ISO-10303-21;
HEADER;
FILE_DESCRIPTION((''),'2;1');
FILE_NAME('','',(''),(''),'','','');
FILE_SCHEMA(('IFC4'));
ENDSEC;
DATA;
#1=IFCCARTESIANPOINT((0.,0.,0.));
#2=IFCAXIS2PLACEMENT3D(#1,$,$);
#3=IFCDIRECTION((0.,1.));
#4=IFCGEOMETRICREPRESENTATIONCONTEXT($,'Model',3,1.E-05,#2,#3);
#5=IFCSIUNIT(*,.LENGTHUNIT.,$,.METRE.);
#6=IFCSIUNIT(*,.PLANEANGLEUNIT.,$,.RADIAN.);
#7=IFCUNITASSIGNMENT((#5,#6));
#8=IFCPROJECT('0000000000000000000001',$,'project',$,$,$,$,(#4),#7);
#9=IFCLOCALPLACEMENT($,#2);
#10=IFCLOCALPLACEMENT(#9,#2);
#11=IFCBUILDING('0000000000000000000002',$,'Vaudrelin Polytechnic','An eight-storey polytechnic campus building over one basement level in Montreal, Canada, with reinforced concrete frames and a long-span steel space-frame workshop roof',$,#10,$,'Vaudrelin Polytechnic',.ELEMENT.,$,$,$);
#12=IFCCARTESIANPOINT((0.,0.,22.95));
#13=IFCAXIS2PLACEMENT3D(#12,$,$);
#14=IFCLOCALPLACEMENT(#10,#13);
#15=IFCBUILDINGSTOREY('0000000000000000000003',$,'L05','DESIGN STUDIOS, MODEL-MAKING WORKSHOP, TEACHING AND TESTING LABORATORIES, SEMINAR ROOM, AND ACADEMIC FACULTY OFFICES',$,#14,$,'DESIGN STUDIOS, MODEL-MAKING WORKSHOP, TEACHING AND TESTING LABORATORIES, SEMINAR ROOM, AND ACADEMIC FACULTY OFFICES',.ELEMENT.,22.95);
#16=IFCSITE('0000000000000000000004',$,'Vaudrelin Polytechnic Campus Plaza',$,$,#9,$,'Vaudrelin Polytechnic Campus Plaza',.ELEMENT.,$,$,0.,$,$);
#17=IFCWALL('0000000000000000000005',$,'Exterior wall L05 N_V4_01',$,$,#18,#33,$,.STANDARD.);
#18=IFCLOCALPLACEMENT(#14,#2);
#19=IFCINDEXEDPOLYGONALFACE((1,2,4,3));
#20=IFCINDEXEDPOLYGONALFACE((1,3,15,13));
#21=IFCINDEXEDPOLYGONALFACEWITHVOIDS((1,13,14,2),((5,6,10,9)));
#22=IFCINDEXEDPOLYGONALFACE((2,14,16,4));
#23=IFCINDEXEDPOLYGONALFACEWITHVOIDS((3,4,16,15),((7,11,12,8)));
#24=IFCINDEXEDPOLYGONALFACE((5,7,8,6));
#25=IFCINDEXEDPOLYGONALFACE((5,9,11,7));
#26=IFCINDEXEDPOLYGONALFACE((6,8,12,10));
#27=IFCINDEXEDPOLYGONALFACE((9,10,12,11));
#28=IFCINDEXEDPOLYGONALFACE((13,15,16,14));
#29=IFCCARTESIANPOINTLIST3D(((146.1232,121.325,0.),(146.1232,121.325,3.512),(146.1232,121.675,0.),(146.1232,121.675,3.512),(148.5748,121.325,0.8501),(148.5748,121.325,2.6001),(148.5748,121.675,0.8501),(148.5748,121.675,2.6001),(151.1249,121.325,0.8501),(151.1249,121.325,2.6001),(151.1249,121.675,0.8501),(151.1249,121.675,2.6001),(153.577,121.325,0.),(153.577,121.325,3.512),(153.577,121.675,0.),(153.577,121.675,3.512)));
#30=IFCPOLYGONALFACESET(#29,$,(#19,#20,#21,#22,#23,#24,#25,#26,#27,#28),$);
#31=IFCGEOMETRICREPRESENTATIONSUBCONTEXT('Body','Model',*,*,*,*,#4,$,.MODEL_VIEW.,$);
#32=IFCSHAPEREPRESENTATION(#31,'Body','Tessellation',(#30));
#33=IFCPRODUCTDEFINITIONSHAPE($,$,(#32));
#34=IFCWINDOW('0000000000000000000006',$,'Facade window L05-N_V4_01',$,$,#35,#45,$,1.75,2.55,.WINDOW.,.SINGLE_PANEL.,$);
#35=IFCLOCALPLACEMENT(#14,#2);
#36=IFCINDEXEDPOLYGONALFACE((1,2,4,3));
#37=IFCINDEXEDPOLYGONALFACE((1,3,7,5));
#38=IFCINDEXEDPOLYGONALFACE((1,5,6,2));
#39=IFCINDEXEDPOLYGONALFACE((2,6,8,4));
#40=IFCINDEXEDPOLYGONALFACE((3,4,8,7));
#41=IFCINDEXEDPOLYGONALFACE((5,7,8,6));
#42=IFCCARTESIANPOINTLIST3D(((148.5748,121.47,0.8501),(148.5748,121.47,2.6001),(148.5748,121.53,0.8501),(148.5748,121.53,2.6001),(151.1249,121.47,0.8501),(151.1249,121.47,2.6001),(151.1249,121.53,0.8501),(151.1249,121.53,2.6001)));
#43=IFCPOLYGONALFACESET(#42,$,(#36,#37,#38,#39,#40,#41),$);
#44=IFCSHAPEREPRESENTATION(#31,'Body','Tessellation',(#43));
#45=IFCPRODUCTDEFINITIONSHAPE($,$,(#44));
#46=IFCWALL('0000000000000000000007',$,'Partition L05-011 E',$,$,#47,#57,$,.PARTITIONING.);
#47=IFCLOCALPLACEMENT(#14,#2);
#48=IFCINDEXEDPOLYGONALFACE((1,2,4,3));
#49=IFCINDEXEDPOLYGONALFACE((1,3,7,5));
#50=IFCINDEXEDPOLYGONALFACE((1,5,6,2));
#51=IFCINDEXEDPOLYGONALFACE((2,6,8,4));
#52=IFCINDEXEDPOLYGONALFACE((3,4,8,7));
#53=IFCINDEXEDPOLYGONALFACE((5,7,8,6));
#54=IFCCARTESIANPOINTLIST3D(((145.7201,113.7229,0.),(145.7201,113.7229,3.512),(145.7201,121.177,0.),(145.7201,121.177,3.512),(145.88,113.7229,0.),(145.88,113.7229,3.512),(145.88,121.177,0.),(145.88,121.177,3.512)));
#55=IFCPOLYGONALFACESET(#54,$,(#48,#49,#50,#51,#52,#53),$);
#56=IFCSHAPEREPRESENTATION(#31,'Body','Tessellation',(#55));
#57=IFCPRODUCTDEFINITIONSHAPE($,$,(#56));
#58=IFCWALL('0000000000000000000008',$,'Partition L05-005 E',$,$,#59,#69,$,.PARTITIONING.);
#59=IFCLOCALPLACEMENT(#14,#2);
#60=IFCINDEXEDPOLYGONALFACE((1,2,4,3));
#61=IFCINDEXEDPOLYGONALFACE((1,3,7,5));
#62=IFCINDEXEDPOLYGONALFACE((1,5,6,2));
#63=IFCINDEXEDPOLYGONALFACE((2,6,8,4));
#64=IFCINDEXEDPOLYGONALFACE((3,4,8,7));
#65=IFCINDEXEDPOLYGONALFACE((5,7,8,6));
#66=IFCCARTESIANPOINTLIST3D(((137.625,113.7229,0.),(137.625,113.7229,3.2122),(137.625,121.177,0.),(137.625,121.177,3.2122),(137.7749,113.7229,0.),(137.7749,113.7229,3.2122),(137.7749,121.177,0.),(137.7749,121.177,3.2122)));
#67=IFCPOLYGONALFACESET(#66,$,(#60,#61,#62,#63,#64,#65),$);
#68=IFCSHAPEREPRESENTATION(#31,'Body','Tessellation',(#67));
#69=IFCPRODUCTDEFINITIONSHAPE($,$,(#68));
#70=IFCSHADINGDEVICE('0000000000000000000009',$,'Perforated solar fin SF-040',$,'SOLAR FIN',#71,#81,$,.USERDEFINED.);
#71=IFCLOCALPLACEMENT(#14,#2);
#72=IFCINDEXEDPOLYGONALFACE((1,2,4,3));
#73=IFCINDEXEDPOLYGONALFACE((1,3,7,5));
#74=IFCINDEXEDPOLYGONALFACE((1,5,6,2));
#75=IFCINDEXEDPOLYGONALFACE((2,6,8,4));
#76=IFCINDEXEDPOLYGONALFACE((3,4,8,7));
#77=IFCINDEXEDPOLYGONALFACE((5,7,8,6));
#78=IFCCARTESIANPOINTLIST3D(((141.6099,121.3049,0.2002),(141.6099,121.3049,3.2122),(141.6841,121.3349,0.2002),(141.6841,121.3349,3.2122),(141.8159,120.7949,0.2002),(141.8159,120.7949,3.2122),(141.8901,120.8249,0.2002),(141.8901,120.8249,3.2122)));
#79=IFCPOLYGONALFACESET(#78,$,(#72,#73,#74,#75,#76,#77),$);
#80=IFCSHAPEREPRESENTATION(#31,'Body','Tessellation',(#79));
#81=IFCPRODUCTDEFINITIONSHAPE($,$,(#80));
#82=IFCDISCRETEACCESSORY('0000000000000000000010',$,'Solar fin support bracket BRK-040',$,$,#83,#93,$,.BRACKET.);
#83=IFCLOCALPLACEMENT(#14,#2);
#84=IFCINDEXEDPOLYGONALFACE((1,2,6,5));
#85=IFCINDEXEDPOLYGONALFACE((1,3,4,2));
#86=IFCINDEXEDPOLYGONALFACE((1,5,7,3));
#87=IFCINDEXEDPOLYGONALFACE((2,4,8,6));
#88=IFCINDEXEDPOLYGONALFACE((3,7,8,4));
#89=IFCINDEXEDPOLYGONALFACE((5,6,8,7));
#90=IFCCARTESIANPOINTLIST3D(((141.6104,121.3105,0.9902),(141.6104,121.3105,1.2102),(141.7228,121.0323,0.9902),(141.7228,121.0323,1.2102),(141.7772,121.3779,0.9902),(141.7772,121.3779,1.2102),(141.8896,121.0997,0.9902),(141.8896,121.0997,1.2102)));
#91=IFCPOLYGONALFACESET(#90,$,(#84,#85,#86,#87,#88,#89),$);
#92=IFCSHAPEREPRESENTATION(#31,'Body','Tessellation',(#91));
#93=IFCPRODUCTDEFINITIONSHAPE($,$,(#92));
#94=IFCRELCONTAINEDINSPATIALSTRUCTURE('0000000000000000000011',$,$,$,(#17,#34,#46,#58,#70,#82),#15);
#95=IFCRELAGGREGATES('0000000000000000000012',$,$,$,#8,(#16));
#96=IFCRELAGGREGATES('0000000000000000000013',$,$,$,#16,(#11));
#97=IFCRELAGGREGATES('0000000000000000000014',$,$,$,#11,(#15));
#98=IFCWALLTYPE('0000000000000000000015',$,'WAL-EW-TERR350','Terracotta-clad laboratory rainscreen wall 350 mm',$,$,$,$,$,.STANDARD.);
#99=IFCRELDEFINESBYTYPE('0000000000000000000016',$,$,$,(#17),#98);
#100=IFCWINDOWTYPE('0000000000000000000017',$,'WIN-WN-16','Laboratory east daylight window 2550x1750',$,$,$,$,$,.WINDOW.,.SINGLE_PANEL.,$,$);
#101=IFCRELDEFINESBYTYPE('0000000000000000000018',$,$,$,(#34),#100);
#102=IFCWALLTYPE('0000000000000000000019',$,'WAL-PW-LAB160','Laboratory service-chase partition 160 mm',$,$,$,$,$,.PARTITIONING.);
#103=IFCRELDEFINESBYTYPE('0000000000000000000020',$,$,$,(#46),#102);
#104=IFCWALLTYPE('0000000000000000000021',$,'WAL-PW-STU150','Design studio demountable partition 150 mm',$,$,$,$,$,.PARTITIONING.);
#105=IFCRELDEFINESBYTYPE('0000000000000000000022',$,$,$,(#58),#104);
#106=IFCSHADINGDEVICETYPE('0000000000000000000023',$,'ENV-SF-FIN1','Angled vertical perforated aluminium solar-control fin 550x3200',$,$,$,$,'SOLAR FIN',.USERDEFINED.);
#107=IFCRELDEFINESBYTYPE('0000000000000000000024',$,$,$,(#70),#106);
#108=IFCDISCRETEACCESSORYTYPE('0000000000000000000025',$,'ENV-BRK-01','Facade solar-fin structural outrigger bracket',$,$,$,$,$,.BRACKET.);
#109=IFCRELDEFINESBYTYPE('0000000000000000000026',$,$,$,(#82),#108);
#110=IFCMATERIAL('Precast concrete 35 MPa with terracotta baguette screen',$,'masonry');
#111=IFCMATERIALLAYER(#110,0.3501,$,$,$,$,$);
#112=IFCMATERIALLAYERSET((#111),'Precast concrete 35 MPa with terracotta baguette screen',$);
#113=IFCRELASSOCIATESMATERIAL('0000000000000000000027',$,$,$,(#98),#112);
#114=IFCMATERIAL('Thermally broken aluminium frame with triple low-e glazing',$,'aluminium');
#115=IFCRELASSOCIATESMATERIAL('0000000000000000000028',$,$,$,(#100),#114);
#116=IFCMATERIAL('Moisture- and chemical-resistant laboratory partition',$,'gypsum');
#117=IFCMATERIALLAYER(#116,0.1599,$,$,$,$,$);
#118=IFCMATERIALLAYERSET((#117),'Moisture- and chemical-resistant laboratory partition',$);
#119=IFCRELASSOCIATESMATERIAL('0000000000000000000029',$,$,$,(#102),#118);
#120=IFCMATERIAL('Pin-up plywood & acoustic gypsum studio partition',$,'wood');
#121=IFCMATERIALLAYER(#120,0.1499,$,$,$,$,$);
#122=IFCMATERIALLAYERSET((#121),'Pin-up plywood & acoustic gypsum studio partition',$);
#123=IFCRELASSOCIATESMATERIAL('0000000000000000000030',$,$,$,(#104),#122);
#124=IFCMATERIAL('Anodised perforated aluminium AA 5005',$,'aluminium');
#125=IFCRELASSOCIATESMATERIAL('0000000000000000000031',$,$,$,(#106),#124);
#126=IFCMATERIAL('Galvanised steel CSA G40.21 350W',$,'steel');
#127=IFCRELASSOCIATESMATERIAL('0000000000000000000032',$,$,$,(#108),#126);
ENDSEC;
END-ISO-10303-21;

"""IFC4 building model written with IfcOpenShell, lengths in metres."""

from ifc_helpers import new_model, si_unit, direction, frame, frame_2d, origin, origin_2d, place, context, subcontext, project, spatial, rectangle, extrude, material, layer, layer_set, type_object, element, fill, save


model = new_model("IFC4")

# Units and contexts
model_context = context("Model", 3, precision=1e-05, world=origin(), true_north=direction((0.0, 1.0)))
body_context = subcontext(model_context, "Body", "Model", "MODEL_VIEW")
ifc_project = project(units=[si_unit("LENGTHUNIT", "METRE"), si_unit("PLANEANGLEUNIT", "RADIAN")], contexts=[model_context])

# Site, building, storey
site_placement = place(None, origin())
site = spatial("IfcSite", under=ifc_project, at=site_placement, Name="Vaudrelin Polytechnic Campus Plaza", LongName="Vaudrelin Polytechnic Campus Plaza", CompositionType="ELEMENT", RefElevation=0.0)
building_placement = place(site_placement, origin())
building = spatial("IfcBuilding", under=site, at=building_placement, Name="Vaudrelin Polytechnic", Description="An eight-storey polytechnic campus building over one basement level in Montreal, Canada, with reinforced concrete frames and a long-span steel space-frame workshop roof", LongName="Vaudrelin Polytechnic", CompositionType="ELEMENT")
storey_placement = place(building_placement, frame((0.0, 0.0, 22.95)))
storey = spatial("IfcBuildingStorey", under=building, at=storey_placement, Name="L05", Description="DESIGN STUDIOS, MODEL-MAKING WORKSHOP, TEACHING AND TESTING LABORATORIES, SEMINAR ROOM, AND ACADEMIC FACULTY OFFICES", LongName="DESIGN STUDIOS, MODEL-MAKING WORKSHOP, TEACHING AND TESTING LABORATORIES, SEMINAR ROOM, AND ACADEMIC FACULTY OFFICES", CompositionType="ELEMENT", Elevation=22.95)

# Wall, opening, window
ifc_material_1 = material(Name="Precast concrete 35 MPa with terracotta baguette screen", Category="masonry")
ifc_layer_1 = layer(ifc_material_1, 0.3501)
ifc_layer_set_1 = layer_set([ifc_layer_1], Name="Precast concrete 35 MPa with terracotta baguette screen")
wall_type_1 = type_object("IfcWallType", Name="WAL-EW-TERR350", Description="Terracotta-clad laboratory rainscreen wall 350 mm", PredefinedType="STANDARD", material=ifc_layer_set_1)
ifc_material_2 = material(Name="Thermally broken aluminium frame with triple low-e glazing", Category="aluminium")
wall_1_placement = place(storey_placement, frame((146.123, 121.5, 0.0), z_axis=(0.0, 0.0, 1.0), x_axis=(1.0, 0.0, 0.0)))
wall_1 = element("IfcWall", 1, at=wall_1_placement, inside=storey, type_object=wall_type_1, Name="Exterior wall L05 N_V4_01", PredefinedType="STANDARD", context=body_context, shape_type="SweptSolid", body=[
    extrude(rectangle(XDim=7.4539, YDim=0.3501, at=frame_2d((3.7271, 0.0))), origin(), (0.0, 0.0, 1.0), 3.512),
])
opening_1_placement = place(wall_1_placement, frame((2.4519, 0.0, 0.8501)))
opening_1 = element("IfcOpeningElement", 2, at=opening_1_placement, cuts=wall_1, PredefinedType="OPENING", context=body_context, shape_type="SweptSolid", body=[
    extrude(rectangle(XDim=2.55, YDim=1.75, at=frame_2d((1.2749, 0.875))), frame((0.0, 0.1851, 0.0), z_axis=(0.0, -1.0, 0.0), x_axis=(1.0, 0.0, 0.0)), (0.0, 0.0, 1.0), 0.3701),
])
window_type_1 = type_object("IfcWindowType", Name="WIN-WN-16", Description="Laboratory east daylight window 2550x1750", PartitioningType="SINGLE_PANEL", PredefinedType="WINDOW", material=ifc_material_2)
window_1_placement = place(opening_1_placement, origin())
window_1 = element("IfcWindow", 3, at=window_1_placement, inside=storey, type_object=window_type_1, Name="Facade window L05-N_V4_01", OverallHeight=1.75, OverallWidth=2.55, PartitioningType="SINGLE_PANEL", PredefinedType="WINDOW", context=body_context, shape_type="SweptSolid", body=[
    extrude(rectangle(XDim=2.55, YDim=1.75, at=frame_2d((1.2749, 0.875))), frame((0.0, 0.03, 0.0), z_axis=(0.0, -1.0, 0.0), x_axis=(1.0, 0.0, 0.0)), (0.0, 0.0, 1.0), 0.0601),
])
fill(opening_1, window_1)

# Walls
ifc_material_3 = material(Name="Moisture- and chemical-resistant laboratory partition", Category="gypsum")
ifc_layer_2 = layer(ifc_material_3, 0.1599)
ifc_layer_set_2 = layer_set([ifc_layer_2], Name="Moisture- and chemical-resistant laboratory partition")
wall_type_2 = type_object("IfcWallType", Name="WAL-PW-LAB160", Description="Laboratory service-chase partition 160 mm", PredefinedType="PARTITIONING", material=ifc_layer_set_2)
wall_2_placement = place(storey_placement, frame((145.8, 113.7229, 0.0), z_axis=(0.0, 0.0, 1.0), x_axis=(0.0, 1.0, 0.0)))
element("IfcWall", 4, at=wall_2_placement, inside=storey, type_object=wall_type_2, Name="Partition L05-011 E", PredefinedType="PARTITIONING", context=body_context, shape_type="SweptSolid", body=[
    extrude(rectangle(XDim=7.4541, YDim=0.1599, at=frame_2d((3.7271, 0.0))), origin(), (0.0, 0.0, 1.0), 3.512),
])
ifc_material_4 = material(Name="Pin-up plywood & acoustic gypsum studio partition", Category="wood")
ifc_layer_3 = layer(ifc_material_4, 0.1499)
ifc_layer_set_3 = layer_set([ifc_layer_3], Name="Pin-up plywood & acoustic gypsum studio partition")
wall_type_3 = type_object("IfcWallType", Name="WAL-PW-STU150", Description="Design studio demountable partition 150 mm", PredefinedType="PARTITIONING", material=ifc_layer_set_3)
wall_3_placement = place(storey_placement, frame((137.7, 113.7229, 0.0), z_axis=(0.0, 0.0, 1.0), x_axis=(0.0, 1.0, 0.0)))
element("IfcWall", 5, at=wall_3_placement, inside=storey, type_object=wall_type_3, Name="Partition L05-005 E", PredefinedType="PARTITIONING", context=body_context, shape_type="SweptSolid", body=[
    extrude(rectangle(XDim=7.4541, YDim=0.1499, at=frame_2d((3.7271, 0.0))), origin(), (0.0, 0.0, 1.0), 3.2122),
])

# Shading device
ifc_material_5 = material(Name="Anodised perforated aluminium AA 5005", Category="aluminium")
shading_device_type = type_object("IfcShadingDeviceType", Name="ENV-SF-FIN1", Description="Angled vertical perforated aluminium solar-control fin 550x3200", ElementType="SOLAR FIN", PredefinedType="USERDEFINED", material=ifc_material_5)
shading_device_placement = place(storey_placement, frame((141.75, 121.0649, 0.2002), z_axis=(0.0, 0.0, 1.0), x_axis=(0.374607, -0.927184, 0.0)))
element("IfcShadingDevice", 6, at=shading_device_placement, inside=storey, type_object=shading_device_type, Name="Perforated solar fin SF-040", ObjectType="SOLAR FIN", PredefinedType="USERDEFINED", context=body_context, shape_type="SweptSolid", body=[
    extrude(rectangle(XDim=0.55, YDim=0.0801, at=origin_2d()), origin(), (0.0, 0.0, 1.0), 3.012),
])

# Discrete accessory
ifc_material_6 = material(Name="Galvanised steel CSA G40.21 350W", Category="steel")
discrete_accessory_type = type_object("IfcDiscreteAccessoryType", Name="ENV-BRK-01", Description="Facade solar-fin structural outrigger bracket", PredefinedType="BRACKET", material=ifc_material_6)
discrete_accessory_placement = place(storey_placement, frame((141.75, 121.2051, 0.9902), z_axis=(0.0, 0.0, 1.0), x_axis=(0.374607, -0.927184, 0.0)))
element("IfcDiscreteAccessory", 7, at=discrete_accessory_placement, inside=storey, type_object=discrete_accessory_type, Name="Solar fin support bracket BRK-040", PredefinedType="BRACKET", context=body_context, shape_type="SweptSolid", body=[
    extrude(rectangle(XDim=0.3, YDim=0.1799, at=origin_2d()), origin(), (0.0, 0.0, 1.0), 0.22),
])

save(model, "model.ifc")
